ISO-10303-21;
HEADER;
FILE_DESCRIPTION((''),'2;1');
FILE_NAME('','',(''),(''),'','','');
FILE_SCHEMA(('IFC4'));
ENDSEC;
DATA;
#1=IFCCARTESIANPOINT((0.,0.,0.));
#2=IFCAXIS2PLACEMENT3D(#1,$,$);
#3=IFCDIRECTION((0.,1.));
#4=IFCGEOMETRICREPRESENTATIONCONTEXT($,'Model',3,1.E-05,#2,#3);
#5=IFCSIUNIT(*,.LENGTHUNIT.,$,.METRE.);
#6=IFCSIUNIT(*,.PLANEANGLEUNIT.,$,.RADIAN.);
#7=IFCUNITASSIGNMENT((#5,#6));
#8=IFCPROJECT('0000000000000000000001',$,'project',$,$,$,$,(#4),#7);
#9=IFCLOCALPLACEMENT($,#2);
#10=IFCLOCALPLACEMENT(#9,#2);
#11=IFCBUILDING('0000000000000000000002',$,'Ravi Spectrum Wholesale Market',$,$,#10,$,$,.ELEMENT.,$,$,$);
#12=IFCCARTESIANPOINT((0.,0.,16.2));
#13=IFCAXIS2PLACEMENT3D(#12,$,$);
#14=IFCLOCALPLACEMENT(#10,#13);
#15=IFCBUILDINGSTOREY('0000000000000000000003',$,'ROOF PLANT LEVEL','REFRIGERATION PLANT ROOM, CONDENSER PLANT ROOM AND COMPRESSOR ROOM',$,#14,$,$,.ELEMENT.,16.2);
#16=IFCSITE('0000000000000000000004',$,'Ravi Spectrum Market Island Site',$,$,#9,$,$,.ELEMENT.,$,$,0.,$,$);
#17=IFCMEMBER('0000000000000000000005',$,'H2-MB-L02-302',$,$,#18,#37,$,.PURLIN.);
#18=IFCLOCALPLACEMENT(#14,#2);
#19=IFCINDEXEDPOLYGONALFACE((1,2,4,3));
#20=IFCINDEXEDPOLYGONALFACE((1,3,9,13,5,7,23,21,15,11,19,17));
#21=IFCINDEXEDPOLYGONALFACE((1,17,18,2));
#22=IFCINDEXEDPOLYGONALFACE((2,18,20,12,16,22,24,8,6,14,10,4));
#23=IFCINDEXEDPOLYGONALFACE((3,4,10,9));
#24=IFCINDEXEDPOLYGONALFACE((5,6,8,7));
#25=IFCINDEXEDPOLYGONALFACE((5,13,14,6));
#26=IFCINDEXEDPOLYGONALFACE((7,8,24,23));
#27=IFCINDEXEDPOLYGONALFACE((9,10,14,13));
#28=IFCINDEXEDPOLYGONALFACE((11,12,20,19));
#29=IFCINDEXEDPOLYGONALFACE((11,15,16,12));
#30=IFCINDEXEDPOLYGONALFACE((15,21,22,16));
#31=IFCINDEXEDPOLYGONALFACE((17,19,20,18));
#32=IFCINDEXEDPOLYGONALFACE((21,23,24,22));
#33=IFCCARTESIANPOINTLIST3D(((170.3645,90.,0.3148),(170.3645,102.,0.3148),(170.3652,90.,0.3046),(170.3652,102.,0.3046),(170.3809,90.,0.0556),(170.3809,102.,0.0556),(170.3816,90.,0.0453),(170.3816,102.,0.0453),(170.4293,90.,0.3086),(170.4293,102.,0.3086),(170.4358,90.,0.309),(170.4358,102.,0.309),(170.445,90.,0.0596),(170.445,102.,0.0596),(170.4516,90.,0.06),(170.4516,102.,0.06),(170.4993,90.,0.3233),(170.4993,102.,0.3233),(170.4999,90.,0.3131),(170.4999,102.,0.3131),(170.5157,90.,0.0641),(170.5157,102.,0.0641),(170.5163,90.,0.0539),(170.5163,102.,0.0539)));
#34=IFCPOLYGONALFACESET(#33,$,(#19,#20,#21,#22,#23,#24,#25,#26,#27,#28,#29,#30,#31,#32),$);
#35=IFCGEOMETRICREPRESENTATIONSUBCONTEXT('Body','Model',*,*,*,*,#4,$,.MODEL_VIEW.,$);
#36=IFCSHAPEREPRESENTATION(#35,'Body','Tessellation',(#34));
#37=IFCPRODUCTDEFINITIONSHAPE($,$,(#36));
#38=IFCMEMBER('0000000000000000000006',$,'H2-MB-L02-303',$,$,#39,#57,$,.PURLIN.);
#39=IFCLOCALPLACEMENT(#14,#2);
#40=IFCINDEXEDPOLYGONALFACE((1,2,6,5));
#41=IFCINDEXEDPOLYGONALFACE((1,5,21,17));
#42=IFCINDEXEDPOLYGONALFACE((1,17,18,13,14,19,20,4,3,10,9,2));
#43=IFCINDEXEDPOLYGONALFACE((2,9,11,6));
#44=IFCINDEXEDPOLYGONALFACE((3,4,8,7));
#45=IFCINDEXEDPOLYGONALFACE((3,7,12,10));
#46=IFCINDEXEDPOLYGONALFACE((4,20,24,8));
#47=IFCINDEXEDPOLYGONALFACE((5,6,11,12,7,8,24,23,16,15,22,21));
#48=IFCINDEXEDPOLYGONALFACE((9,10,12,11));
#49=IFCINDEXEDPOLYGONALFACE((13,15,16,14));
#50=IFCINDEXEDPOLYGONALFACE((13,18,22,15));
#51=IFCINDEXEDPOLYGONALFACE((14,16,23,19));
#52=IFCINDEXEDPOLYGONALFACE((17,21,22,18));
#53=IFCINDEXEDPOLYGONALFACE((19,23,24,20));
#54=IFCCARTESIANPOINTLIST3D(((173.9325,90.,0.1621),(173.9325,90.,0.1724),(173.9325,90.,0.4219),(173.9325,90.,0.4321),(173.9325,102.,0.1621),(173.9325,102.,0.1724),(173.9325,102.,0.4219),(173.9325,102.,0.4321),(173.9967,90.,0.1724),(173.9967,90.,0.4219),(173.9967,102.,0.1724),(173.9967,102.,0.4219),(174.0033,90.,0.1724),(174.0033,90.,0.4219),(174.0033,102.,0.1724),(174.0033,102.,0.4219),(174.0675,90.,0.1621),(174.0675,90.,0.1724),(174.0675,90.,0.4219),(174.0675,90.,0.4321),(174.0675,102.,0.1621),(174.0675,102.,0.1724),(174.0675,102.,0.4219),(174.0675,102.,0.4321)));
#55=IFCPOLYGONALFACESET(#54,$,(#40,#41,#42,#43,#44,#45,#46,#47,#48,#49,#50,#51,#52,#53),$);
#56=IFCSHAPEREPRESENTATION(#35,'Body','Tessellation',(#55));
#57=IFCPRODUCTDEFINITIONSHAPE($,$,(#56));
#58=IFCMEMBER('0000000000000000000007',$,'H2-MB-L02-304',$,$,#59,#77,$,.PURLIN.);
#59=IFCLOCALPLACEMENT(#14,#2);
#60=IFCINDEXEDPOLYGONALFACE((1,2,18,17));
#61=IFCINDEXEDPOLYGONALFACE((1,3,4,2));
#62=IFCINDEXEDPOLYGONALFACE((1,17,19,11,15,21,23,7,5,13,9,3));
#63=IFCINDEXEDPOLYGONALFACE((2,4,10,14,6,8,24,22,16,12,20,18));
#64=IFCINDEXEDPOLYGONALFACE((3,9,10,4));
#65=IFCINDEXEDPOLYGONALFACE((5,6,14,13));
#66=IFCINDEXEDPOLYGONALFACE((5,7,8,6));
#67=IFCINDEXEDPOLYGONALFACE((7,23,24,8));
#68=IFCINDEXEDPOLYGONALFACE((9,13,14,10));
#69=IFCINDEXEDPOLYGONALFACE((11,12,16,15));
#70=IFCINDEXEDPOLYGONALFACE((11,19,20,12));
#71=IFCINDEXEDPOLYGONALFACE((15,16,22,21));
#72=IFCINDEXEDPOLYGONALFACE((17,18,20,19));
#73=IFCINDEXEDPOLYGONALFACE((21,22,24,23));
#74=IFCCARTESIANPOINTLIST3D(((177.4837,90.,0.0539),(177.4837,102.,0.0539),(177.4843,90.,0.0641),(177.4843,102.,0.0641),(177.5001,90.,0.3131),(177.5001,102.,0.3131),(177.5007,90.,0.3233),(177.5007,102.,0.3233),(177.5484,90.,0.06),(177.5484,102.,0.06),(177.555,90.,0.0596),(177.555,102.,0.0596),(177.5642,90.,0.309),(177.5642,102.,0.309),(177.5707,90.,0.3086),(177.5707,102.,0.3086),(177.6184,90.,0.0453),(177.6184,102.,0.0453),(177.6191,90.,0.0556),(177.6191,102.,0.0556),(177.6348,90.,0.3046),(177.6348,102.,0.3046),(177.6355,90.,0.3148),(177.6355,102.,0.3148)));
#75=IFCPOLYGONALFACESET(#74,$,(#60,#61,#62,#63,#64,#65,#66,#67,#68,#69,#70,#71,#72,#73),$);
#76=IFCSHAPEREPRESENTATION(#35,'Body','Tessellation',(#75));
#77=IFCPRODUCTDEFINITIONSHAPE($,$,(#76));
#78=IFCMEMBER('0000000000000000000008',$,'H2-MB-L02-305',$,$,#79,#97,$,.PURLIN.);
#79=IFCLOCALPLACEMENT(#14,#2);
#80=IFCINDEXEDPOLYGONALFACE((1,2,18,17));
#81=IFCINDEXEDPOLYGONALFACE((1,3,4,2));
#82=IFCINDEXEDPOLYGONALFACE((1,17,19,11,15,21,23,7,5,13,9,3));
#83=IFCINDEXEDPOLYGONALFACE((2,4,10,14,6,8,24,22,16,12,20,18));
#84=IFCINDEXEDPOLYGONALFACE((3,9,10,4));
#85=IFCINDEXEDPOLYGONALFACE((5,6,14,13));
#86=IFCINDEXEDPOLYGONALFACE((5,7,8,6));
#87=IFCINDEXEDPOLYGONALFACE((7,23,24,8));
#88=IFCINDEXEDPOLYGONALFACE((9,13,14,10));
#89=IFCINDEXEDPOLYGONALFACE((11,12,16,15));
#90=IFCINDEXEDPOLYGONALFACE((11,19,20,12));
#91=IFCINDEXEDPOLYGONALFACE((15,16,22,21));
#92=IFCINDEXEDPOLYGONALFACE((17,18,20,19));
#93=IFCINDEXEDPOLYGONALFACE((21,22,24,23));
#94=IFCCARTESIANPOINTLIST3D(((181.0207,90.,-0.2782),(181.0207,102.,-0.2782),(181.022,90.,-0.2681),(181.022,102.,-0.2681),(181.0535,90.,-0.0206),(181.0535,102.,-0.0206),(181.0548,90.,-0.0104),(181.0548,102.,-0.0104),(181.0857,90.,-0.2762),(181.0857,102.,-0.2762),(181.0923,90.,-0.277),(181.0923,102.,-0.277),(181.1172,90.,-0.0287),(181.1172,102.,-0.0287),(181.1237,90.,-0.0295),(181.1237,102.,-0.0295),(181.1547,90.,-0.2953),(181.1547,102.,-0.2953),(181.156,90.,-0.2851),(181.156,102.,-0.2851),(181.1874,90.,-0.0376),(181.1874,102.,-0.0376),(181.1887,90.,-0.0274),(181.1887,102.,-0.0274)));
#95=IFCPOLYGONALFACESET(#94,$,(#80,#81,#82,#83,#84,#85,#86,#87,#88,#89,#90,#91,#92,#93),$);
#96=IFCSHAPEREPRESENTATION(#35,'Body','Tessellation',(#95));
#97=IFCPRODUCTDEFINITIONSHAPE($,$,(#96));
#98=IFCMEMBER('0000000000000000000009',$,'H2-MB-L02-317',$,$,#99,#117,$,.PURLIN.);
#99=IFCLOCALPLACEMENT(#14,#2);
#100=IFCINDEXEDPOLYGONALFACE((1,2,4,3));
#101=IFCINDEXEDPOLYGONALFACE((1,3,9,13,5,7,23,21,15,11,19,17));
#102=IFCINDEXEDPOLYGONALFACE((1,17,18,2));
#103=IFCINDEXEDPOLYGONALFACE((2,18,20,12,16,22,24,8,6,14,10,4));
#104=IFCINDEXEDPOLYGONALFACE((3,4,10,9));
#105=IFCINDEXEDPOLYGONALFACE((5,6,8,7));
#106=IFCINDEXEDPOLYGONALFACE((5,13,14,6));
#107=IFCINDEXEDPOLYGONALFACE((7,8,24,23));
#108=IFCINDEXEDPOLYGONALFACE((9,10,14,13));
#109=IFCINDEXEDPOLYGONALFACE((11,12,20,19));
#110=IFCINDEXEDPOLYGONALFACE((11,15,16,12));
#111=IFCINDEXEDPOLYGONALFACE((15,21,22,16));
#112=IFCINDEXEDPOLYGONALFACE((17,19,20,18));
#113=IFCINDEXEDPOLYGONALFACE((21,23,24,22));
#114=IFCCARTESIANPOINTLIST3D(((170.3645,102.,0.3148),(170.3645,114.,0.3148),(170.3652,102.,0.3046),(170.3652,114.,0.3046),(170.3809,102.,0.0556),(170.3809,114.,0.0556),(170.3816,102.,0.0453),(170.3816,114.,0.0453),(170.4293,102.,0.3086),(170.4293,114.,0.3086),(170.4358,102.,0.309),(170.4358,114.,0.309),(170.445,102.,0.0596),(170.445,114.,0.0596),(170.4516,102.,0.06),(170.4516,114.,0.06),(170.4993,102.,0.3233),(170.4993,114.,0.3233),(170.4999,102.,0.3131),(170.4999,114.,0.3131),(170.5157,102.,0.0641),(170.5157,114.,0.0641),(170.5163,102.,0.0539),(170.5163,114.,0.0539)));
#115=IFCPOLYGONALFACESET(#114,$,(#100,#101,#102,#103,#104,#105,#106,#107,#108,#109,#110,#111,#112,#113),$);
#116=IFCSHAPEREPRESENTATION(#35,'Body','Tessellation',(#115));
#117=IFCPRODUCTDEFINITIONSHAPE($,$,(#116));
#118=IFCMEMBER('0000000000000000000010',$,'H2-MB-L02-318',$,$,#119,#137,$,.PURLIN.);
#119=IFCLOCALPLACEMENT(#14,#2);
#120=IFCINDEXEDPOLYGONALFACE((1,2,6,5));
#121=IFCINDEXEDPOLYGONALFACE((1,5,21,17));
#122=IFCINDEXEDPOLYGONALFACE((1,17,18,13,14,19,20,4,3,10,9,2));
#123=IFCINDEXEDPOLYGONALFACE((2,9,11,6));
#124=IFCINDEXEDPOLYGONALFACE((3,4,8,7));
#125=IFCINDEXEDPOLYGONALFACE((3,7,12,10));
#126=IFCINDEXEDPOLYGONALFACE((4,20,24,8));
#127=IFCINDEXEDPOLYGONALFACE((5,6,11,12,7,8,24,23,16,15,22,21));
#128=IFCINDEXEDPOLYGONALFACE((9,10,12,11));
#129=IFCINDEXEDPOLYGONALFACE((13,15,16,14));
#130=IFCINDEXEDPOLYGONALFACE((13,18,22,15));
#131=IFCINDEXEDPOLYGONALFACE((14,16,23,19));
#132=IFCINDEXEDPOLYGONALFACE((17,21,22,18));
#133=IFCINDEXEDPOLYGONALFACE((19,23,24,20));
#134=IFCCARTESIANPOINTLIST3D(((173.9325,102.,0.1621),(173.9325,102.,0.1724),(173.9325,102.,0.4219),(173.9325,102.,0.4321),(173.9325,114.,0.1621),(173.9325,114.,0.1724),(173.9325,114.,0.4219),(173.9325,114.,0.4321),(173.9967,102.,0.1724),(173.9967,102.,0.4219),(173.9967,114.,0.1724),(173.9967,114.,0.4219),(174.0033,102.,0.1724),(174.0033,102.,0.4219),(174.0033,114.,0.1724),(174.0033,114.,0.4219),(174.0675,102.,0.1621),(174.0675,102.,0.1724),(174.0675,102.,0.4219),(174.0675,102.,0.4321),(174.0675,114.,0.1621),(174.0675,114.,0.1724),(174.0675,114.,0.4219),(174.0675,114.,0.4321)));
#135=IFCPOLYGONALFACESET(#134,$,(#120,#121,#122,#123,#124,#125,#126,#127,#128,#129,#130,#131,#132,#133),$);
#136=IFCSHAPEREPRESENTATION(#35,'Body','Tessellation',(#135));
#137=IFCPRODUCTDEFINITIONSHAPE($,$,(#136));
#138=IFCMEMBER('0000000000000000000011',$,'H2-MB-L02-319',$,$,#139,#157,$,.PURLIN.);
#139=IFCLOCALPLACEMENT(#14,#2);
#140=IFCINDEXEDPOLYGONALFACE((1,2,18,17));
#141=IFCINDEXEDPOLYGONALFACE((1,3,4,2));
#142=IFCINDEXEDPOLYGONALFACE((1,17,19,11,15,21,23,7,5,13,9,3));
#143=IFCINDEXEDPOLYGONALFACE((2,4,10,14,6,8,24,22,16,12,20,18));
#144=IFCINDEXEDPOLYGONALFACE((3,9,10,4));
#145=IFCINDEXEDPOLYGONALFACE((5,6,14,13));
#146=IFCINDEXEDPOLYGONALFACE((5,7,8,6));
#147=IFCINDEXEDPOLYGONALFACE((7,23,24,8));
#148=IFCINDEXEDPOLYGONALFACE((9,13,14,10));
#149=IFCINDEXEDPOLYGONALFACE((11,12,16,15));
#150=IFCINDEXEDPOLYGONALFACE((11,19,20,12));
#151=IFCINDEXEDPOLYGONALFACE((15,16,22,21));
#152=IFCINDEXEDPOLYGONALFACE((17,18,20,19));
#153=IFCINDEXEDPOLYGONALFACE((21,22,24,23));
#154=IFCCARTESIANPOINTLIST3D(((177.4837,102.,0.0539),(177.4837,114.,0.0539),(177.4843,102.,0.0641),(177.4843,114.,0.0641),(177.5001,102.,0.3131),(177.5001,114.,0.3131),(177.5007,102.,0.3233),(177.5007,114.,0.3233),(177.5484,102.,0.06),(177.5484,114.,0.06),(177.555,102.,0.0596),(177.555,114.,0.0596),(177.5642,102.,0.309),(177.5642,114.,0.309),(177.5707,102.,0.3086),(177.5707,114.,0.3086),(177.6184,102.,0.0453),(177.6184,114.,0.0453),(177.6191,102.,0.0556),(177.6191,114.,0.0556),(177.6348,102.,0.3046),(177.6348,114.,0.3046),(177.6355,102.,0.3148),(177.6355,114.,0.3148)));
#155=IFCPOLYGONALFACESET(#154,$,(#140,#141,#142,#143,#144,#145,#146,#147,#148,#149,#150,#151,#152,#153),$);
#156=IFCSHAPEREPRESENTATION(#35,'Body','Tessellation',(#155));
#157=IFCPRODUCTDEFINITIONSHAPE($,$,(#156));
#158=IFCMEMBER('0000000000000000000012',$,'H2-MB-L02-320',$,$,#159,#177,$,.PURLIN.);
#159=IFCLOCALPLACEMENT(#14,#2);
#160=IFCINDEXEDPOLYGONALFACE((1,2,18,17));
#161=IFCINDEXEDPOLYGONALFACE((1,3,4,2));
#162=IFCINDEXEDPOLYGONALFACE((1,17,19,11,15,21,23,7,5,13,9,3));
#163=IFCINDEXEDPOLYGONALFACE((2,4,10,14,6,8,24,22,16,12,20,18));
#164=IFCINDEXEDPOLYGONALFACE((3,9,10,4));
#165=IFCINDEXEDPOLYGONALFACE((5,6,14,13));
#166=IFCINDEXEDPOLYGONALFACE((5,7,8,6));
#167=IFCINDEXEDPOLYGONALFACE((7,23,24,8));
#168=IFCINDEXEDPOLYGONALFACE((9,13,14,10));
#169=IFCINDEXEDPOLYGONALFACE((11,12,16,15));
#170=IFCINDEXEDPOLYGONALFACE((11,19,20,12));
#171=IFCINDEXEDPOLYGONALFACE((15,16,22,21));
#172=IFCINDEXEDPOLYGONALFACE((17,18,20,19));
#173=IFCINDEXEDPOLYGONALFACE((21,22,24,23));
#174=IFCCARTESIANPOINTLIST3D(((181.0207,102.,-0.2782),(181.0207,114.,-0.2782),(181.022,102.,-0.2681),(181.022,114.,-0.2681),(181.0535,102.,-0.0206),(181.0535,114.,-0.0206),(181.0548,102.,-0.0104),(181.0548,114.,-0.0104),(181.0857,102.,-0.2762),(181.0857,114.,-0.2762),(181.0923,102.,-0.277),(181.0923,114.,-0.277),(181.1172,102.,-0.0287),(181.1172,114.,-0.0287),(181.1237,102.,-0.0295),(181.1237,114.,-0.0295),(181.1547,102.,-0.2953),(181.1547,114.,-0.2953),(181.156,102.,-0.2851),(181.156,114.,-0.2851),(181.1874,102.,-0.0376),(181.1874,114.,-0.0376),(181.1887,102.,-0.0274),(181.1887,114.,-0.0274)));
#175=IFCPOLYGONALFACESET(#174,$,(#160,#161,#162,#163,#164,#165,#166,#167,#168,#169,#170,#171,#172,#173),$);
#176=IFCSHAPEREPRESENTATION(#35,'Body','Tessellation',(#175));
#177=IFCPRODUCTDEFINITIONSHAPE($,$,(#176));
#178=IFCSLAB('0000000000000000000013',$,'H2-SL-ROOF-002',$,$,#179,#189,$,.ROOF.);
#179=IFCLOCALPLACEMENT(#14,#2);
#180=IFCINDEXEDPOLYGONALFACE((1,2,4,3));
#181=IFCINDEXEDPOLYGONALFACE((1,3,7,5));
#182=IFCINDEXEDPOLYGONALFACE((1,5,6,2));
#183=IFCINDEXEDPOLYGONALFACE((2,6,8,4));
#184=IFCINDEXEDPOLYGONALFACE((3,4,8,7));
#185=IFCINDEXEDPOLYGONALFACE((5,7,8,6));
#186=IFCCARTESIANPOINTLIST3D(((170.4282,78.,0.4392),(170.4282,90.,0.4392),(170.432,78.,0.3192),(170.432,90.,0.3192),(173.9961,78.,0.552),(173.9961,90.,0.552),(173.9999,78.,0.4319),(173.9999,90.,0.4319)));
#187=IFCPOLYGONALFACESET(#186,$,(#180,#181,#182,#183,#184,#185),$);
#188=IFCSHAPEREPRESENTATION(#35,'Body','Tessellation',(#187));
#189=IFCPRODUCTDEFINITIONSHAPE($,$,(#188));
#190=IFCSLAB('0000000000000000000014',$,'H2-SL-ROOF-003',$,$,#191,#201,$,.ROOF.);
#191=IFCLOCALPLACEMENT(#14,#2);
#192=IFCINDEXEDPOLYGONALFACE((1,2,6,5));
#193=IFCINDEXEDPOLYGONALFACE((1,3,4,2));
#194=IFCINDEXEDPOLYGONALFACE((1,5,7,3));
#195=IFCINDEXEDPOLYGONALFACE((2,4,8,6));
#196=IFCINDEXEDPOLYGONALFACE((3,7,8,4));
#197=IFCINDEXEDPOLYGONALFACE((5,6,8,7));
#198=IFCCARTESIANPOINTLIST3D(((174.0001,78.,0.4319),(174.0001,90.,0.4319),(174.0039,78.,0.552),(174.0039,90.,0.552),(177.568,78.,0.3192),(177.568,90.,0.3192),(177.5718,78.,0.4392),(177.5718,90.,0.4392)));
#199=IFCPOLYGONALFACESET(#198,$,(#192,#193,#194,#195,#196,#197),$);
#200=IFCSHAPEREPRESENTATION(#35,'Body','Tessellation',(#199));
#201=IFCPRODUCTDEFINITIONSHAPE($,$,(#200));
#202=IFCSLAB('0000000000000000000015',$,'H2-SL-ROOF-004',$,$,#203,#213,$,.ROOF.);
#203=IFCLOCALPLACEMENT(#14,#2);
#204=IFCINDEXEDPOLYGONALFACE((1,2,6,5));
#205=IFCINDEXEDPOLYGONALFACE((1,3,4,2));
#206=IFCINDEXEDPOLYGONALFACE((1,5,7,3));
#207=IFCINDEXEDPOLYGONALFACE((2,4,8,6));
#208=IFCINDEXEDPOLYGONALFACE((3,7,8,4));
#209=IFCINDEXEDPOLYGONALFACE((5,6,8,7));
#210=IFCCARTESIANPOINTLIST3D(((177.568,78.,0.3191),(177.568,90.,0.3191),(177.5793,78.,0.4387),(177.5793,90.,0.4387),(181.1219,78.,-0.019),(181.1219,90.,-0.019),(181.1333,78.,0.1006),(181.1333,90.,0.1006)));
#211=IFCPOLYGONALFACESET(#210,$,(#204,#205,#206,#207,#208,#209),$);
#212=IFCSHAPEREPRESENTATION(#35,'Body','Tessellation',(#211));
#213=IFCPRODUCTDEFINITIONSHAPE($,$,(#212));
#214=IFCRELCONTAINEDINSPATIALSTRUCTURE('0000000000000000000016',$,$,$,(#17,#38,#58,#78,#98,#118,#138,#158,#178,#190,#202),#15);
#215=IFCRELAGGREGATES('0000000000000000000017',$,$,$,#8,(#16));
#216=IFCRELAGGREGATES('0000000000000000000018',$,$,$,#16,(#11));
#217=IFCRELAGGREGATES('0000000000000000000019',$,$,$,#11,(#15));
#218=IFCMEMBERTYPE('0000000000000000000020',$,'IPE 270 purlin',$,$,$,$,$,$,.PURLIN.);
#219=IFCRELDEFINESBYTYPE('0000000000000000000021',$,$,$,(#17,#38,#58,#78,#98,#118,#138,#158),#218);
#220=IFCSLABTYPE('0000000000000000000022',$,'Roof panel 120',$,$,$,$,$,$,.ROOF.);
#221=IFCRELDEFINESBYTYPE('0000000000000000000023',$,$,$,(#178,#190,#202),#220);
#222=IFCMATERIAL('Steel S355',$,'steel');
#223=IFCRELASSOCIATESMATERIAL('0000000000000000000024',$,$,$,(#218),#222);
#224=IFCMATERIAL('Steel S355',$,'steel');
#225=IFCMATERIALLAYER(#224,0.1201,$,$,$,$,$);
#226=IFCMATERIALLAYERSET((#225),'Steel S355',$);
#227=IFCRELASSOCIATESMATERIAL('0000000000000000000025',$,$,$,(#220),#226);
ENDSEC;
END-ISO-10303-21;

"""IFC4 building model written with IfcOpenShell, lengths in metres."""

from ifc_helpers import new_model, si_unit, direction, frame, origin, origin_2d, place, context, subcontext, project, spatial, polyline, i_section, outline, extrude, material, layer, layer_set, material_profile, profile_set, type_object, element, save


model = new_model("IFC4")

# Units and contexts
model_context = context("Model", 3, precision=1e-05, world=origin(), true_north=direction((0.0, 1.0)))
body_context = subcontext(model_context, "Body", "Model", "MODEL_VIEW")
ifc_project = project(units=[si_unit("LENGTHUNIT", "METRE"), si_unit("PLANEANGLEUNIT", "RADIAN")], contexts=[model_context])

# Site, building, storey
site_placement = place(None, origin())
site = spatial("IfcSite", under=ifc_project, at=site_placement, Name="Ravi Spectrum Market Island Site", CompositionType="ELEMENT", RefElevation=0.0)
building_placement = place(site_placement, origin())
building = spatial("IfcBuilding", under=site, at=building_placement, Name="Ravi Spectrum Wholesale Market", CompositionType="ELEMENT")
storey_placement = place(building_placement, frame((0.0, 0.0, 16.2)))
storey = spatial("IfcBuildingStorey", under=building, at=storey_placement, Name="ROOF PLANT LEVEL", Description="REFRIGERATION PLANT ROOM, CONDENSER PLANT ROOM AND COMPRESSOR ROOM", CompositionType="ELEMENT", Elevation=16.2)

# Members
ifc_material_1 = material(Name="Steel S355", Category="steel")
ifc_material_profile_1 = material_profile(ifc_material_1, i_section(OverallWidth=0.135, OverallDepth=0.27, WebThickness=0.0066, FlangeThickness=0.0103, at=origin_2d()))
ifc_profile_set_1 = profile_set([ifc_material_profile_1], Name="Steel S355")
member_type_1 = type_object("IfcMemberType", Name="IPE 270 purlin", PredefinedType="PURLIN", material=ifc_profile_set_1)
for number, where, z_axis, x_axis, name in (
    (1, (170.4404, 90.0, 0.1843), (0.0, 1.0, 0.0), (-0.998001, 0.0, -0.063191), "H2-MB-L02-302"),
    (2, (174.0, 90.0, 0.2971), (0.0, 1.0, 0.0), (-1.0, 0.0, 0.0), "H2-MB-L02-303"),
    (3, (177.5596, 90.0, 0.1843), (0.0, 1.0, 0.0), (-0.998001, 0.0, 0.063191), "H2-MB-L02-304"),
    (4, (181.1047, 90.0, -0.1528), (0.0, 1.0, 0.0), (-0.992014, 0.0, 0.126129), "H2-MB-L02-305"),
    (5, (170.4404, 102.0, 0.1843), (0.0, 1.0, 0.0), (-0.998001, 0.0, -0.063191), "H2-MB-L02-317"),
    (6, (174.0, 102.0, 0.2971), (0.0, 1.0, 0.0), (-1.0, 0.0, 0.0), "H2-MB-L02-318"),
    (7, (177.5596, 102.0, 0.1843), (0.0, 1.0, 0.0), (-0.998001, 0.0, 0.063191), "H2-MB-L02-319"),
    (8, (181.1047, 102.0, -0.1528), (0.0, 1.0, 0.0), (-0.992014, 0.0, 0.126129), "H2-MB-L02-320"),
):
    element("IfcMember", number, at=place(storey_placement, frame(where, z_axis=z_axis, x_axis=x_axis)), inside=storey, type_object=member_type_1, Name=name, PredefinedType="PURLIN", context=body_context, shape_type="SweptSolid", body=[
        extrude(i_section(OverallWidth=0.135, OverallDepth=0.27, WebThickness=0.0066, FlangeThickness=0.0103, at=origin_2d()), origin(), (0.0, 0.0, 1.0), 12.0),
    ])

# Slabs
ifc_material_2 = material(Name="Steel S355", Category="steel")
ifc_layer_1 = layer(ifc_material_2, 0.1201)
ifc_layer_set_1 = layer_set([ifc_layer_1], Name="Steel S355")
slab_type = type_object("IfcSlabType", Name="Roof panel 120", PredefinedType="ROOF", material=ifc_layer_set_1)
for number, where, z_axis, x_axis, name in (
    (9, (170.4282, 78.0, 0.4392), (-0.031598, 0.0, 0.999501), (0.999501, 0.0, 0.031598), "H2-SL-ROOF-002"),
    (10, (174.0039, 78.0, 0.552), (0.031598, 0.0, 0.999501), (0.999501, 0.0, -0.031598), "H2-SL-ROOF-003"),
):
    element("IfcSlab", number, at=place(storey_placement, frame(where, z_axis=z_axis, x_axis=x_axis)), inside=storey, type_object=slab_type, Name=name, PredefinedType="ROOF", context=body_context, shape_type="SweptSolid", body=[
        extrude(outline(polyline([(0.0, 0.0), (3.5697, 0.0), (3.5697, 12.0), (0.0, 12.0), (0.0, 0.0)])), origin(), (0.0, 0.0, -1.0), 0.1201),
    ])
slab_1_placement = place(storey_placement, frame((177.5793, 78.0, 0.4387), z_axis=(0.094716, 0.0, 0.995504), x_axis=(0.995504, 0.0, -0.094716)))
element("IfcSlab", 11, at=slab_1_placement, inside=storey, type_object=slab_type, Name="H2-SL-ROOF-004", PredefinedType="ROOF", context=body_context, shape_type="SweptSolid", body=[
    extrude(outline(polyline([(0.0, 0.0), (3.57, 0.0), (3.57, 12.0), (0.0, 12.0), (0.0, 0.0)])), origin(), (0.0, 0.0, -1.0), 0.1201),
])

save(model, "model.ifc")
